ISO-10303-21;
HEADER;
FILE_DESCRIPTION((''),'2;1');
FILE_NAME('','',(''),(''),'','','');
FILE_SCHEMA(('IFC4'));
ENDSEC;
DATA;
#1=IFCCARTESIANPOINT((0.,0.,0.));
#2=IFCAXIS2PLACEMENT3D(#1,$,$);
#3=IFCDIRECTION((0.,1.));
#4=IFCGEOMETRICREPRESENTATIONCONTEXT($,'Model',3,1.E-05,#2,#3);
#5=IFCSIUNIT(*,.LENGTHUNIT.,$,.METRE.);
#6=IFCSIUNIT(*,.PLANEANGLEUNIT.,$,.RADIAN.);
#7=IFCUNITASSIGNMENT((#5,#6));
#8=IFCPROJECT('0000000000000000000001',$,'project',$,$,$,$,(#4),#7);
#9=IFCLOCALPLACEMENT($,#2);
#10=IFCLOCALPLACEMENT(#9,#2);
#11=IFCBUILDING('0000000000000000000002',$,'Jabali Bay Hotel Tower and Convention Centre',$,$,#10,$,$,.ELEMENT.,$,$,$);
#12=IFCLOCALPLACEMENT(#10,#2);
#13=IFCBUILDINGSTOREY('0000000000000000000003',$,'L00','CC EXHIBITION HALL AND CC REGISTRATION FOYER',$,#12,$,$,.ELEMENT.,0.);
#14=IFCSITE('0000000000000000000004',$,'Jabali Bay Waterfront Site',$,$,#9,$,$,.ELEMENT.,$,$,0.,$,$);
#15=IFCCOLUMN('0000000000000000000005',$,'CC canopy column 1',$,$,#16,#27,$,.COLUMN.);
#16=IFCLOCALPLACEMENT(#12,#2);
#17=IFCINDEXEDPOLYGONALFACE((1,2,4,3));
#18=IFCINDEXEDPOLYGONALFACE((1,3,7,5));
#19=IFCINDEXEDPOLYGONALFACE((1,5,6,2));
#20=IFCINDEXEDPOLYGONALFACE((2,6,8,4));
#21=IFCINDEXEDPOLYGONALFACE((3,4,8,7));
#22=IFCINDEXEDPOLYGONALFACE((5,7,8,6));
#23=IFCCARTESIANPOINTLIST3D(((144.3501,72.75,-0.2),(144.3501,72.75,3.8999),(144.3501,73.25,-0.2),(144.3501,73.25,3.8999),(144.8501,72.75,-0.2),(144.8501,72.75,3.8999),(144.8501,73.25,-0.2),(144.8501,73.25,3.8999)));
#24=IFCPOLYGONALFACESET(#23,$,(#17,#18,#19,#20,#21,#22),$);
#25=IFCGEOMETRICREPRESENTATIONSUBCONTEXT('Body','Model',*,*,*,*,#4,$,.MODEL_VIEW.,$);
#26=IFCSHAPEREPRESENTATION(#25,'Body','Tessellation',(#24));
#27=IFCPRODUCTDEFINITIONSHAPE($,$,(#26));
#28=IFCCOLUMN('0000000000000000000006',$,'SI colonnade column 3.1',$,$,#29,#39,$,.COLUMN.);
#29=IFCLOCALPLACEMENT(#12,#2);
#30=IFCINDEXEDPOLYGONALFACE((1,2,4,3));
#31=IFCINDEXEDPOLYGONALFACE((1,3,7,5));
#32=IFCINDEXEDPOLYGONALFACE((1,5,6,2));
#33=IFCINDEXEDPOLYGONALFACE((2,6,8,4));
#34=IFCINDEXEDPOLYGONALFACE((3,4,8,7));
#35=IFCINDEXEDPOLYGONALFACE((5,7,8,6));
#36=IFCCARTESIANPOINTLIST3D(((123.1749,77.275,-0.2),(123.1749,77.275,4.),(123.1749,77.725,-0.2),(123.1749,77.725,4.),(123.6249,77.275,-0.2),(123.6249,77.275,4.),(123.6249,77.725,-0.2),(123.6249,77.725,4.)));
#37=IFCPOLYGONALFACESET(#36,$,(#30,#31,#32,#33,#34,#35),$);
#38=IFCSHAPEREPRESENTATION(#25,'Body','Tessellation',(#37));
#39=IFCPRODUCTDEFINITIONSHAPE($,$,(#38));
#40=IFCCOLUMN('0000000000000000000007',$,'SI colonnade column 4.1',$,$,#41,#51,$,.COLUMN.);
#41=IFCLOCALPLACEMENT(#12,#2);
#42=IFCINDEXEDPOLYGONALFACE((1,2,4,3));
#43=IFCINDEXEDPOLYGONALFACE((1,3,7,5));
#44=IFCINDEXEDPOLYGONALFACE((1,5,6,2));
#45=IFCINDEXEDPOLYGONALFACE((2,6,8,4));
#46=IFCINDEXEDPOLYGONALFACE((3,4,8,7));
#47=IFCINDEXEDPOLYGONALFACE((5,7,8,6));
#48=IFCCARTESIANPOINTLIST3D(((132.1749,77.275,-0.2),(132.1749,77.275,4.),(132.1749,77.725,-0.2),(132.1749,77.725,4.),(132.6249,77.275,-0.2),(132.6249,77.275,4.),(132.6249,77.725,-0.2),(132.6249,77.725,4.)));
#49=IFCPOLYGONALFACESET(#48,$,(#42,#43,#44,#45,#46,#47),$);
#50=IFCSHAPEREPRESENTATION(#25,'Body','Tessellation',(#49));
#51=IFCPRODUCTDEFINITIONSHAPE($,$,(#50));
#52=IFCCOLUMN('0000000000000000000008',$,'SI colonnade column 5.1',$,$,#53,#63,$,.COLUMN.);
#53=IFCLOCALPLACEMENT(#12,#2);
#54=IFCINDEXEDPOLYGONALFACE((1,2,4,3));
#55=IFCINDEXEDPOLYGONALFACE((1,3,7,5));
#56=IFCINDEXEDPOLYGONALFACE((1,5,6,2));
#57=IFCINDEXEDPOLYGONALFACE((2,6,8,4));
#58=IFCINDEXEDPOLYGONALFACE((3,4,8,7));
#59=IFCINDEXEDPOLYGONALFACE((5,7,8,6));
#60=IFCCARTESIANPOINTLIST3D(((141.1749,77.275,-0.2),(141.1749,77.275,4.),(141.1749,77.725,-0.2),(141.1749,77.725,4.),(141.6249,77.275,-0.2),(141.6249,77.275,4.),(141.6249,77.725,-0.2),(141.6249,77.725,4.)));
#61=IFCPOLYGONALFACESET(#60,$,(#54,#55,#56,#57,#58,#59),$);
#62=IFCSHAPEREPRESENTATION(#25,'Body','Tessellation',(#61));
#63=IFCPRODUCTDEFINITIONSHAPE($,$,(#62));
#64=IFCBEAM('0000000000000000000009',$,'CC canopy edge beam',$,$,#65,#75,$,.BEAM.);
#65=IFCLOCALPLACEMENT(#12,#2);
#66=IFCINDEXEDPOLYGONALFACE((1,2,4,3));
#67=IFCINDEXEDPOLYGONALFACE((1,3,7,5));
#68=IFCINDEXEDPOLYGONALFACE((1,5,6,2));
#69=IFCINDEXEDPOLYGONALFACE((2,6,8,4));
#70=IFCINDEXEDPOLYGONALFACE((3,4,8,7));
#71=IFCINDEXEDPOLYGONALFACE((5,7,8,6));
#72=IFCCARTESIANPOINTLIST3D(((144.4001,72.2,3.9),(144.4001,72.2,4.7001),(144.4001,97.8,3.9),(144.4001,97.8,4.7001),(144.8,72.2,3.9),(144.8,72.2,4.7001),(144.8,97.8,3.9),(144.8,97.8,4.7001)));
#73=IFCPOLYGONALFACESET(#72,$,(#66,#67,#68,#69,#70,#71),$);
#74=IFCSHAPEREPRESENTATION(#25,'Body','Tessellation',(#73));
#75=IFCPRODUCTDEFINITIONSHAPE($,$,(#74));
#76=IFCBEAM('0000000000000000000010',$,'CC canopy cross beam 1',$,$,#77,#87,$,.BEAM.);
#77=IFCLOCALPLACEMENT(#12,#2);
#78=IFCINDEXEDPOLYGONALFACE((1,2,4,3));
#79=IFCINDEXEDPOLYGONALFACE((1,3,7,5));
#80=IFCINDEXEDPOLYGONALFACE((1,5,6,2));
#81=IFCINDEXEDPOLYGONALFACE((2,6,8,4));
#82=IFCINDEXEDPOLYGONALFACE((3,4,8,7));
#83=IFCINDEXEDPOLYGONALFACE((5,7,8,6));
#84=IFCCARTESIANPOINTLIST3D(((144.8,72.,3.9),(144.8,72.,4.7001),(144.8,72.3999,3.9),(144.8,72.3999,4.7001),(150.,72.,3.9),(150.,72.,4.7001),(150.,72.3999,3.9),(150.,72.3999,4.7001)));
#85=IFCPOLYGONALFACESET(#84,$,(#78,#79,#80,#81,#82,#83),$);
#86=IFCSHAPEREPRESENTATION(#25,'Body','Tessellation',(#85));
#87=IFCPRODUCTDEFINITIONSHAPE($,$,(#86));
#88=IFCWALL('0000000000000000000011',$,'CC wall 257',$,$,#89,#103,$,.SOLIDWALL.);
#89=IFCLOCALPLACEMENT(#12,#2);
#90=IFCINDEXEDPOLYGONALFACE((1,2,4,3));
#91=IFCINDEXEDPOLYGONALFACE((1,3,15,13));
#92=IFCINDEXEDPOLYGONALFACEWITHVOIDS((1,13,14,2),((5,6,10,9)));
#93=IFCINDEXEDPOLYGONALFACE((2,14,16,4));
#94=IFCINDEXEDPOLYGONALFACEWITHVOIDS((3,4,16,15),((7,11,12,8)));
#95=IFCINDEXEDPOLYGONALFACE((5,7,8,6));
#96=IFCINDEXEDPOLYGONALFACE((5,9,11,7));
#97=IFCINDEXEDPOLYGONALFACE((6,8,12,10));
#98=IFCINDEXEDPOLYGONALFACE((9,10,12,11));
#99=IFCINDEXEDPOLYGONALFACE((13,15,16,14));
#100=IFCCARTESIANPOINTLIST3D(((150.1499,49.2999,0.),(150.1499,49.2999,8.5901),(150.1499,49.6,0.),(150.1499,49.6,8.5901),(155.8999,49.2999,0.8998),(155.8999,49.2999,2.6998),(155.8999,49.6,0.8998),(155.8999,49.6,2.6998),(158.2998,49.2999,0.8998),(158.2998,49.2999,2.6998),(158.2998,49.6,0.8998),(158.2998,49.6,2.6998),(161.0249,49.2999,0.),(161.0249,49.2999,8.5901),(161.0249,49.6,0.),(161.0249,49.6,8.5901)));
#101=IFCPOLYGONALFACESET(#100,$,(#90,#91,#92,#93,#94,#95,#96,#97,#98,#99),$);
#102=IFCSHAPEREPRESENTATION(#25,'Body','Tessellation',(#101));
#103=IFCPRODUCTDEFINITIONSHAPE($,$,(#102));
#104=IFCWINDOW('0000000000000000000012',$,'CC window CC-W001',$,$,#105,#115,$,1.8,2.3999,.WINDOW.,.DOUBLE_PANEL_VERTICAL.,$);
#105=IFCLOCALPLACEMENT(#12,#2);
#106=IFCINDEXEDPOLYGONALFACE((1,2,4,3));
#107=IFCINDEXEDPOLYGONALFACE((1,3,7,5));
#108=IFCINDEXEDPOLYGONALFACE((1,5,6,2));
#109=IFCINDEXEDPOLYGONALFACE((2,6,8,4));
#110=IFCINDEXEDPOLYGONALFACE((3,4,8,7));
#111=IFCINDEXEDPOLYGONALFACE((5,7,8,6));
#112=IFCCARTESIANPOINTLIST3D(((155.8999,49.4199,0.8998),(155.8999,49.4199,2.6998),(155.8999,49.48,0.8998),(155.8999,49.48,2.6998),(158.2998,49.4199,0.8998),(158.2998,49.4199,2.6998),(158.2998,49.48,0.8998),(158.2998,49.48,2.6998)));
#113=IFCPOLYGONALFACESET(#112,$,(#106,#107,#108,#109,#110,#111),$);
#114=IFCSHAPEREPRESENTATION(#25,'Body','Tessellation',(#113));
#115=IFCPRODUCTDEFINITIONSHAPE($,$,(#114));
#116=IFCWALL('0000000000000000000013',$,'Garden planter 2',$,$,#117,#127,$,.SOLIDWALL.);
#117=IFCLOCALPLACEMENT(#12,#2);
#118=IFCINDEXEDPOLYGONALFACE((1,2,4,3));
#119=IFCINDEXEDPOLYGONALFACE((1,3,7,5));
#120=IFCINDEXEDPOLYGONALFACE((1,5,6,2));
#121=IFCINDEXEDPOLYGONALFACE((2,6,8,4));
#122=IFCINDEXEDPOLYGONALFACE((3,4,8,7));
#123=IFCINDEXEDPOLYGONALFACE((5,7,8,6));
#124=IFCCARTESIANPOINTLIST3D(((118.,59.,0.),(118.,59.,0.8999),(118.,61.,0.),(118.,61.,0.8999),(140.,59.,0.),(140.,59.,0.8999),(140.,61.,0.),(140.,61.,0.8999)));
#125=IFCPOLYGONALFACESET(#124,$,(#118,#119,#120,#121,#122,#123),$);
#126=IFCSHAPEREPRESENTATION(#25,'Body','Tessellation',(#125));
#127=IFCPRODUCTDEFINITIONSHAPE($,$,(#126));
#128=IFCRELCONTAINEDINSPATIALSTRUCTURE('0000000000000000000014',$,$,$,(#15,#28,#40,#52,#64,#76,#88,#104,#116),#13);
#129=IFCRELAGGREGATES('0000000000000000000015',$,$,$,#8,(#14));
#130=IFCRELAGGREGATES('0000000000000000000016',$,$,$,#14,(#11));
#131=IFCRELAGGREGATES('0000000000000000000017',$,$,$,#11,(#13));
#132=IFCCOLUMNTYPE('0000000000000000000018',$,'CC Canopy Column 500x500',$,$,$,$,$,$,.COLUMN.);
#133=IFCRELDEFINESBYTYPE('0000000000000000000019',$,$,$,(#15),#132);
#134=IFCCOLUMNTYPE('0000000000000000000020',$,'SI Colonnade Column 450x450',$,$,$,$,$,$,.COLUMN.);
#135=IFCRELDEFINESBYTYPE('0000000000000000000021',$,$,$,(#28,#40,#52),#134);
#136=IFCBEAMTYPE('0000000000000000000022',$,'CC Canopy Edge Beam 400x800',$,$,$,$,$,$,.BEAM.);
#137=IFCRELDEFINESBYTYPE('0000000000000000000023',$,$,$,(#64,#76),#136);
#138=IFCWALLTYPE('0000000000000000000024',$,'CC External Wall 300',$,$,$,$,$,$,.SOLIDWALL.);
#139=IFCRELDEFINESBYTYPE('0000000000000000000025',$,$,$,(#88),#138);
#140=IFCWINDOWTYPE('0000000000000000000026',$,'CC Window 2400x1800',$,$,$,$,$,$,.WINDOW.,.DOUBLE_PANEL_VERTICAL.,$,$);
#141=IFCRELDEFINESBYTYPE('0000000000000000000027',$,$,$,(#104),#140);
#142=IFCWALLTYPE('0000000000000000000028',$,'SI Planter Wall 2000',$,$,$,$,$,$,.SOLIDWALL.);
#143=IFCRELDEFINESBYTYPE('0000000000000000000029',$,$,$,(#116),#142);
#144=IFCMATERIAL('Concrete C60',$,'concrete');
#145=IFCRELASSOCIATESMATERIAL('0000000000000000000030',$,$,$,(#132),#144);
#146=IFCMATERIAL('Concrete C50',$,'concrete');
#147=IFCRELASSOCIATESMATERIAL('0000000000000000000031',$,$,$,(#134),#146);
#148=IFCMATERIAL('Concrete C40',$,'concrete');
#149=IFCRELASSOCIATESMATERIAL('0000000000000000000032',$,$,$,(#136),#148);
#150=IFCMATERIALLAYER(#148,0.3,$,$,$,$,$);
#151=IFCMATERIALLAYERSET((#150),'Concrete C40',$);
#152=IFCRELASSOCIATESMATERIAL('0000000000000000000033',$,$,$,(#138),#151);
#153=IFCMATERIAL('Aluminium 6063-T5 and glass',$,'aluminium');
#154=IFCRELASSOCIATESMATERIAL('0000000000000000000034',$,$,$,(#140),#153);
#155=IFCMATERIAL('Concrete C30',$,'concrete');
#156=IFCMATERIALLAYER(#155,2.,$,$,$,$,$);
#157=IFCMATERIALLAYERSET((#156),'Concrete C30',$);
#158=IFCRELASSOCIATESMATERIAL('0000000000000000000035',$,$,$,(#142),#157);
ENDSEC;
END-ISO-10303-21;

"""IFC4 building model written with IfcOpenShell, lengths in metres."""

from ifc_helpers import new_model, si_unit, direction, frame, frame_2d, origin, origin_2d, place, context, subcontext, project, spatial, rectangle, extrude, material, layer, layer_set, material_profile, profile_set, type_object, element, fill, save


model = new_model("IFC4")

# Units and contexts
model_context = context("Model", 3, precision=1e-05, world=origin(), true_north=direction((0.0, 1.0)))
body_context = subcontext(model_context, "Body", "Model", "MODEL_VIEW")
ifc_project = project(units=[si_unit("LENGTHUNIT", "METRE"), si_unit("PLANEANGLEUNIT", "RADIAN")], contexts=[model_context])

# Site, building, storey
site_placement = place(None, origin())
site = spatial("IfcSite", under=ifc_project, at=site_placement, Name="Jabali Bay Waterfront Site", CompositionType="ELEMENT", RefElevation=0.0)
building_placement = place(site_placement, origin())
building = spatial("IfcBuilding", under=site, at=building_placement, Name="Jabali Bay Hotel Tower and Convention Centre", CompositionType="ELEMENT")
storey_placement = place(building_placement, origin())
storey = spatial("IfcBuildingStorey", under=building, at=storey_placement, Name="L00", Description="CC EXHIBITION HALL AND CC REGISTRATION FOYER", CompositionType="ELEMENT", Elevation=0.0)

# Columns
ifc_material_1 = material(Name="Concrete C60", Category="concrete")
ifc_material_profile_1 = material_profile(ifc_material_1, rectangle(XDim=0.5, YDim=0.5, at=origin_2d()), Name="RC 500x500")
ifc_profile_set_1 = profile_set([ifc_material_profile_1], Name="Concrete C60")
column_type_1 = type_object("IfcColumnType", Name="CC Canopy Column 500x500", PredefinedType="COLUMN", material=ifc_profile_set_1)
column_placement = place(storey_placement, frame((144.6001, 73.0, -0.2), z_axis=(0.0, 0.0, 1.0), x_axis=(1.0, 0.0, 0.0)))
element("IfcColumn", 1, at=column_placement, inside=storey, type_object=column_type_1, Name="CC canopy column 1", PredefinedType="COLUMN", context=body_context, shape_type="SweptSolid", body=[
    extrude(rectangle(XDim=0.5, YDim=0.5, at=origin_2d()), origin(), (0.0, 0.0, 1.0), 4.0999),
])
ifc_material_2 = material(Name="Concrete C50", Category="concrete")
ifc_material_profile_2 = material_profile(ifc_material_2, rectangle(XDim=0.45, YDim=0.45, at=origin_2d()), Name="RC 450x450")
ifc_profile_set_2 = profile_set([ifc_material_profile_2], Name="Concrete C50")
column_type_2 = type_object("IfcColumnType", Name="SI Colonnade Column 450x450", PredefinedType="COLUMN", material=ifc_profile_set_2)
for number, where, z_axis, x_axis, name in (
    (2, (123.3999, 77.5, -0.2), (0.0, 0.0, 1.0), (1.0, 0.0, 0.0), "SI colonnade column 3.1"),
    (3, (132.3999, 77.5, -0.2), (0.0, 0.0, 1.0), (1.0, 0.0, 0.0), "SI colonnade column 4.1"),
    (4, (141.3999, 77.5, -0.2), (0.0, 0.0, 1.0), (1.0, 0.0, 0.0), "SI colonnade column 5.1"),
):
    element("IfcColumn", number, at=place(storey_placement, frame(where, z_axis=z_axis, x_axis=x_axis)), inside=storey, type_object=column_type_2, Name=name, PredefinedType="COLUMN", context=body_context, shape_type="SweptSolid", body=[
        extrude(rectangle(XDim=0.45, YDim=0.45, at=origin_2d()), origin(), (0.0, 0.0, 1.0), 4.2),
    ])

# Beams
ifc_material_3 = material(Name="Concrete C40", Category="concrete")
ifc_material_profile_3 = material_profile(ifc_material_3, rectangle(XDim=0.3999, YDim=0.8, at=origin_2d()), Name="RC 400x800")
ifc_profile_set_3 = profile_set([ifc_material_profile_3], Name="Concrete C40")
beam_type = type_object("IfcBeamType", Name="CC Canopy Edge Beam 400x800", PredefinedType="BEAM", material=ifc_profile_set_3)
beam_1_placement = place(storey_placement, frame((144.6001, 72.2, 4.3), z_axis=(0.0, 1.0, 0.0), x_axis=(-1.0, 0.0, 0.0)))
element("IfcBeam", 5, at=beam_1_placement, inside=storey, type_object=beam_type, Name="CC canopy edge beam", PredefinedType="BEAM", context=body_context, shape_type="SweptSolid", body=[
    extrude(rectangle(XDim=0.3999, YDim=0.8, at=origin_2d()), origin(), (0.0, 0.0, 1.0), 25.6001),
])
beam_2_placement = place(storey_placement, frame((144.8, 72.2, 4.3), z_axis=(1.0, 0.0, 0.0), x_axis=(0.0, 1.0, 0.0)))
element("IfcBeam", 6, at=beam_2_placement, inside=storey, type_object=beam_type, Name="CC canopy cross beam 1", PredefinedType="BEAM", context=body_context, shape_type="SweptSolid", body=[
    extrude(rectangle(XDim=0.3999, YDim=0.8, at=origin_2d()), origin(), (0.0, 0.0, 1.0), 5.2),
])

# Shared definitions
ifc_layer_1 = layer(ifc_material_3, 0.3)
ifc_layer_set_1 = layer_set([ifc_layer_1], Name="Concrete C40")
wall_type_1 = type_object("IfcWallType", Name="CC External Wall 300", PredefinedType="SOLIDWALL", material=ifc_layer_set_1)

# Wall, opening, window
wall_1_placement = place(storey_placement, frame((150.1499, 49.45, 0.0), z_axis=(0.0, 0.0, 1.0), x_axis=(1.0, 0.0, 0.0)))
wall_1 = element("IfcWall", 7, at=wall_1_placement, inside=storey, type_object=wall_type_1, Name="CC wall 257", PredefinedType="SOLIDWALL", context=body_context, shape_type="SweptSolid", body=[
    extrude(rectangle(XDim=10.875, YDim=0.3, at=frame_2d((5.4375, 0.0))), origin(), (0.0, 0.0, 1.0), 8.5901),
])
opening_1_placement = place(wall_1_placement, frame((5.75, 0.0, 0.8999)))
opening_1 = element("IfcOpeningElement", 8, at=opening_1_placement, cuts=wall_1, PredefinedType="OPENING", context=body_context, shape_type="SweptSolid", body=[
    extrude(rectangle(XDim=2.3999, YDim=1.8, at=frame_2d((1.2, 0.8999))), frame((0.0, 0.1606, 0.0), z_axis=(0.0, -1.0, 0.0), x_axis=(1.0, 0.0, 0.0)), (0.0, 0.0, 1.0), 0.321),
])
ifc_material_4 = material(Name="Aluminium 6063-T5 and glass", Category="aluminium")
window_type = type_object("IfcWindowType", Name="CC Window 2400x1800", PartitioningType="DOUBLE_PANEL_VERTICAL", PredefinedType="WINDOW", material=ifc_material_4)
window_placement = place(opening_1_placement, origin())
window = element("IfcWindow", 9, at=window_placement, inside=storey, type_object=window_type, Name="CC window CC-W001", OverallHeight=1.8, OverallWidth=2.3999, PartitioningType="DOUBLE_PANEL_VERTICAL", PredefinedType="WINDOW", context=body_context, shape_type="SweptSolid", body=[
    extrude(rectangle(XDim=2.3999, YDim=1.8, at=frame_2d((1.2, 0.8999))), frame((0.0, 0.03, 0.0), z_axis=(0.0, -1.0, 0.0), x_axis=(1.0, 0.0, 0.0)), (0.0, 0.0, 1.0), 0.0601),
])
fill(opening_1, window)

# Wall
ifc_material_5 = material(Name="Concrete C30", Category="concrete")
ifc_layer_2 = layer(ifc_material_5, 2.0)
ifc_layer_set_2 = layer_set([ifc_layer_2], Name="Concrete C30")
wall_type_2 = type_object("IfcWallType", Name="SI Planter Wall 2000", PredefinedType="SOLIDWALL", material=ifc_layer_set_2)
wall_2_placement = place(storey_placement, frame((118.0, 60.0, 0.0), z_axis=(0.0, 0.0, 1.0), x_axis=(1.0, 0.0, 0.0)))
element("IfcWall", 10, at=wall_2_placement, inside=storey, type_object=wall_type_2, Name="Garden planter 2", PredefinedType="SOLIDWALL", context=body_context, shape_type="SweptSolid", body=[
    extrude(rectangle(XDim=22.0, YDim=2.0, at=frame_2d((11.0, 0.0))), origin(), (0.0, 0.0, 1.0), 0.8999),
])

save(model, "model.ifc")
